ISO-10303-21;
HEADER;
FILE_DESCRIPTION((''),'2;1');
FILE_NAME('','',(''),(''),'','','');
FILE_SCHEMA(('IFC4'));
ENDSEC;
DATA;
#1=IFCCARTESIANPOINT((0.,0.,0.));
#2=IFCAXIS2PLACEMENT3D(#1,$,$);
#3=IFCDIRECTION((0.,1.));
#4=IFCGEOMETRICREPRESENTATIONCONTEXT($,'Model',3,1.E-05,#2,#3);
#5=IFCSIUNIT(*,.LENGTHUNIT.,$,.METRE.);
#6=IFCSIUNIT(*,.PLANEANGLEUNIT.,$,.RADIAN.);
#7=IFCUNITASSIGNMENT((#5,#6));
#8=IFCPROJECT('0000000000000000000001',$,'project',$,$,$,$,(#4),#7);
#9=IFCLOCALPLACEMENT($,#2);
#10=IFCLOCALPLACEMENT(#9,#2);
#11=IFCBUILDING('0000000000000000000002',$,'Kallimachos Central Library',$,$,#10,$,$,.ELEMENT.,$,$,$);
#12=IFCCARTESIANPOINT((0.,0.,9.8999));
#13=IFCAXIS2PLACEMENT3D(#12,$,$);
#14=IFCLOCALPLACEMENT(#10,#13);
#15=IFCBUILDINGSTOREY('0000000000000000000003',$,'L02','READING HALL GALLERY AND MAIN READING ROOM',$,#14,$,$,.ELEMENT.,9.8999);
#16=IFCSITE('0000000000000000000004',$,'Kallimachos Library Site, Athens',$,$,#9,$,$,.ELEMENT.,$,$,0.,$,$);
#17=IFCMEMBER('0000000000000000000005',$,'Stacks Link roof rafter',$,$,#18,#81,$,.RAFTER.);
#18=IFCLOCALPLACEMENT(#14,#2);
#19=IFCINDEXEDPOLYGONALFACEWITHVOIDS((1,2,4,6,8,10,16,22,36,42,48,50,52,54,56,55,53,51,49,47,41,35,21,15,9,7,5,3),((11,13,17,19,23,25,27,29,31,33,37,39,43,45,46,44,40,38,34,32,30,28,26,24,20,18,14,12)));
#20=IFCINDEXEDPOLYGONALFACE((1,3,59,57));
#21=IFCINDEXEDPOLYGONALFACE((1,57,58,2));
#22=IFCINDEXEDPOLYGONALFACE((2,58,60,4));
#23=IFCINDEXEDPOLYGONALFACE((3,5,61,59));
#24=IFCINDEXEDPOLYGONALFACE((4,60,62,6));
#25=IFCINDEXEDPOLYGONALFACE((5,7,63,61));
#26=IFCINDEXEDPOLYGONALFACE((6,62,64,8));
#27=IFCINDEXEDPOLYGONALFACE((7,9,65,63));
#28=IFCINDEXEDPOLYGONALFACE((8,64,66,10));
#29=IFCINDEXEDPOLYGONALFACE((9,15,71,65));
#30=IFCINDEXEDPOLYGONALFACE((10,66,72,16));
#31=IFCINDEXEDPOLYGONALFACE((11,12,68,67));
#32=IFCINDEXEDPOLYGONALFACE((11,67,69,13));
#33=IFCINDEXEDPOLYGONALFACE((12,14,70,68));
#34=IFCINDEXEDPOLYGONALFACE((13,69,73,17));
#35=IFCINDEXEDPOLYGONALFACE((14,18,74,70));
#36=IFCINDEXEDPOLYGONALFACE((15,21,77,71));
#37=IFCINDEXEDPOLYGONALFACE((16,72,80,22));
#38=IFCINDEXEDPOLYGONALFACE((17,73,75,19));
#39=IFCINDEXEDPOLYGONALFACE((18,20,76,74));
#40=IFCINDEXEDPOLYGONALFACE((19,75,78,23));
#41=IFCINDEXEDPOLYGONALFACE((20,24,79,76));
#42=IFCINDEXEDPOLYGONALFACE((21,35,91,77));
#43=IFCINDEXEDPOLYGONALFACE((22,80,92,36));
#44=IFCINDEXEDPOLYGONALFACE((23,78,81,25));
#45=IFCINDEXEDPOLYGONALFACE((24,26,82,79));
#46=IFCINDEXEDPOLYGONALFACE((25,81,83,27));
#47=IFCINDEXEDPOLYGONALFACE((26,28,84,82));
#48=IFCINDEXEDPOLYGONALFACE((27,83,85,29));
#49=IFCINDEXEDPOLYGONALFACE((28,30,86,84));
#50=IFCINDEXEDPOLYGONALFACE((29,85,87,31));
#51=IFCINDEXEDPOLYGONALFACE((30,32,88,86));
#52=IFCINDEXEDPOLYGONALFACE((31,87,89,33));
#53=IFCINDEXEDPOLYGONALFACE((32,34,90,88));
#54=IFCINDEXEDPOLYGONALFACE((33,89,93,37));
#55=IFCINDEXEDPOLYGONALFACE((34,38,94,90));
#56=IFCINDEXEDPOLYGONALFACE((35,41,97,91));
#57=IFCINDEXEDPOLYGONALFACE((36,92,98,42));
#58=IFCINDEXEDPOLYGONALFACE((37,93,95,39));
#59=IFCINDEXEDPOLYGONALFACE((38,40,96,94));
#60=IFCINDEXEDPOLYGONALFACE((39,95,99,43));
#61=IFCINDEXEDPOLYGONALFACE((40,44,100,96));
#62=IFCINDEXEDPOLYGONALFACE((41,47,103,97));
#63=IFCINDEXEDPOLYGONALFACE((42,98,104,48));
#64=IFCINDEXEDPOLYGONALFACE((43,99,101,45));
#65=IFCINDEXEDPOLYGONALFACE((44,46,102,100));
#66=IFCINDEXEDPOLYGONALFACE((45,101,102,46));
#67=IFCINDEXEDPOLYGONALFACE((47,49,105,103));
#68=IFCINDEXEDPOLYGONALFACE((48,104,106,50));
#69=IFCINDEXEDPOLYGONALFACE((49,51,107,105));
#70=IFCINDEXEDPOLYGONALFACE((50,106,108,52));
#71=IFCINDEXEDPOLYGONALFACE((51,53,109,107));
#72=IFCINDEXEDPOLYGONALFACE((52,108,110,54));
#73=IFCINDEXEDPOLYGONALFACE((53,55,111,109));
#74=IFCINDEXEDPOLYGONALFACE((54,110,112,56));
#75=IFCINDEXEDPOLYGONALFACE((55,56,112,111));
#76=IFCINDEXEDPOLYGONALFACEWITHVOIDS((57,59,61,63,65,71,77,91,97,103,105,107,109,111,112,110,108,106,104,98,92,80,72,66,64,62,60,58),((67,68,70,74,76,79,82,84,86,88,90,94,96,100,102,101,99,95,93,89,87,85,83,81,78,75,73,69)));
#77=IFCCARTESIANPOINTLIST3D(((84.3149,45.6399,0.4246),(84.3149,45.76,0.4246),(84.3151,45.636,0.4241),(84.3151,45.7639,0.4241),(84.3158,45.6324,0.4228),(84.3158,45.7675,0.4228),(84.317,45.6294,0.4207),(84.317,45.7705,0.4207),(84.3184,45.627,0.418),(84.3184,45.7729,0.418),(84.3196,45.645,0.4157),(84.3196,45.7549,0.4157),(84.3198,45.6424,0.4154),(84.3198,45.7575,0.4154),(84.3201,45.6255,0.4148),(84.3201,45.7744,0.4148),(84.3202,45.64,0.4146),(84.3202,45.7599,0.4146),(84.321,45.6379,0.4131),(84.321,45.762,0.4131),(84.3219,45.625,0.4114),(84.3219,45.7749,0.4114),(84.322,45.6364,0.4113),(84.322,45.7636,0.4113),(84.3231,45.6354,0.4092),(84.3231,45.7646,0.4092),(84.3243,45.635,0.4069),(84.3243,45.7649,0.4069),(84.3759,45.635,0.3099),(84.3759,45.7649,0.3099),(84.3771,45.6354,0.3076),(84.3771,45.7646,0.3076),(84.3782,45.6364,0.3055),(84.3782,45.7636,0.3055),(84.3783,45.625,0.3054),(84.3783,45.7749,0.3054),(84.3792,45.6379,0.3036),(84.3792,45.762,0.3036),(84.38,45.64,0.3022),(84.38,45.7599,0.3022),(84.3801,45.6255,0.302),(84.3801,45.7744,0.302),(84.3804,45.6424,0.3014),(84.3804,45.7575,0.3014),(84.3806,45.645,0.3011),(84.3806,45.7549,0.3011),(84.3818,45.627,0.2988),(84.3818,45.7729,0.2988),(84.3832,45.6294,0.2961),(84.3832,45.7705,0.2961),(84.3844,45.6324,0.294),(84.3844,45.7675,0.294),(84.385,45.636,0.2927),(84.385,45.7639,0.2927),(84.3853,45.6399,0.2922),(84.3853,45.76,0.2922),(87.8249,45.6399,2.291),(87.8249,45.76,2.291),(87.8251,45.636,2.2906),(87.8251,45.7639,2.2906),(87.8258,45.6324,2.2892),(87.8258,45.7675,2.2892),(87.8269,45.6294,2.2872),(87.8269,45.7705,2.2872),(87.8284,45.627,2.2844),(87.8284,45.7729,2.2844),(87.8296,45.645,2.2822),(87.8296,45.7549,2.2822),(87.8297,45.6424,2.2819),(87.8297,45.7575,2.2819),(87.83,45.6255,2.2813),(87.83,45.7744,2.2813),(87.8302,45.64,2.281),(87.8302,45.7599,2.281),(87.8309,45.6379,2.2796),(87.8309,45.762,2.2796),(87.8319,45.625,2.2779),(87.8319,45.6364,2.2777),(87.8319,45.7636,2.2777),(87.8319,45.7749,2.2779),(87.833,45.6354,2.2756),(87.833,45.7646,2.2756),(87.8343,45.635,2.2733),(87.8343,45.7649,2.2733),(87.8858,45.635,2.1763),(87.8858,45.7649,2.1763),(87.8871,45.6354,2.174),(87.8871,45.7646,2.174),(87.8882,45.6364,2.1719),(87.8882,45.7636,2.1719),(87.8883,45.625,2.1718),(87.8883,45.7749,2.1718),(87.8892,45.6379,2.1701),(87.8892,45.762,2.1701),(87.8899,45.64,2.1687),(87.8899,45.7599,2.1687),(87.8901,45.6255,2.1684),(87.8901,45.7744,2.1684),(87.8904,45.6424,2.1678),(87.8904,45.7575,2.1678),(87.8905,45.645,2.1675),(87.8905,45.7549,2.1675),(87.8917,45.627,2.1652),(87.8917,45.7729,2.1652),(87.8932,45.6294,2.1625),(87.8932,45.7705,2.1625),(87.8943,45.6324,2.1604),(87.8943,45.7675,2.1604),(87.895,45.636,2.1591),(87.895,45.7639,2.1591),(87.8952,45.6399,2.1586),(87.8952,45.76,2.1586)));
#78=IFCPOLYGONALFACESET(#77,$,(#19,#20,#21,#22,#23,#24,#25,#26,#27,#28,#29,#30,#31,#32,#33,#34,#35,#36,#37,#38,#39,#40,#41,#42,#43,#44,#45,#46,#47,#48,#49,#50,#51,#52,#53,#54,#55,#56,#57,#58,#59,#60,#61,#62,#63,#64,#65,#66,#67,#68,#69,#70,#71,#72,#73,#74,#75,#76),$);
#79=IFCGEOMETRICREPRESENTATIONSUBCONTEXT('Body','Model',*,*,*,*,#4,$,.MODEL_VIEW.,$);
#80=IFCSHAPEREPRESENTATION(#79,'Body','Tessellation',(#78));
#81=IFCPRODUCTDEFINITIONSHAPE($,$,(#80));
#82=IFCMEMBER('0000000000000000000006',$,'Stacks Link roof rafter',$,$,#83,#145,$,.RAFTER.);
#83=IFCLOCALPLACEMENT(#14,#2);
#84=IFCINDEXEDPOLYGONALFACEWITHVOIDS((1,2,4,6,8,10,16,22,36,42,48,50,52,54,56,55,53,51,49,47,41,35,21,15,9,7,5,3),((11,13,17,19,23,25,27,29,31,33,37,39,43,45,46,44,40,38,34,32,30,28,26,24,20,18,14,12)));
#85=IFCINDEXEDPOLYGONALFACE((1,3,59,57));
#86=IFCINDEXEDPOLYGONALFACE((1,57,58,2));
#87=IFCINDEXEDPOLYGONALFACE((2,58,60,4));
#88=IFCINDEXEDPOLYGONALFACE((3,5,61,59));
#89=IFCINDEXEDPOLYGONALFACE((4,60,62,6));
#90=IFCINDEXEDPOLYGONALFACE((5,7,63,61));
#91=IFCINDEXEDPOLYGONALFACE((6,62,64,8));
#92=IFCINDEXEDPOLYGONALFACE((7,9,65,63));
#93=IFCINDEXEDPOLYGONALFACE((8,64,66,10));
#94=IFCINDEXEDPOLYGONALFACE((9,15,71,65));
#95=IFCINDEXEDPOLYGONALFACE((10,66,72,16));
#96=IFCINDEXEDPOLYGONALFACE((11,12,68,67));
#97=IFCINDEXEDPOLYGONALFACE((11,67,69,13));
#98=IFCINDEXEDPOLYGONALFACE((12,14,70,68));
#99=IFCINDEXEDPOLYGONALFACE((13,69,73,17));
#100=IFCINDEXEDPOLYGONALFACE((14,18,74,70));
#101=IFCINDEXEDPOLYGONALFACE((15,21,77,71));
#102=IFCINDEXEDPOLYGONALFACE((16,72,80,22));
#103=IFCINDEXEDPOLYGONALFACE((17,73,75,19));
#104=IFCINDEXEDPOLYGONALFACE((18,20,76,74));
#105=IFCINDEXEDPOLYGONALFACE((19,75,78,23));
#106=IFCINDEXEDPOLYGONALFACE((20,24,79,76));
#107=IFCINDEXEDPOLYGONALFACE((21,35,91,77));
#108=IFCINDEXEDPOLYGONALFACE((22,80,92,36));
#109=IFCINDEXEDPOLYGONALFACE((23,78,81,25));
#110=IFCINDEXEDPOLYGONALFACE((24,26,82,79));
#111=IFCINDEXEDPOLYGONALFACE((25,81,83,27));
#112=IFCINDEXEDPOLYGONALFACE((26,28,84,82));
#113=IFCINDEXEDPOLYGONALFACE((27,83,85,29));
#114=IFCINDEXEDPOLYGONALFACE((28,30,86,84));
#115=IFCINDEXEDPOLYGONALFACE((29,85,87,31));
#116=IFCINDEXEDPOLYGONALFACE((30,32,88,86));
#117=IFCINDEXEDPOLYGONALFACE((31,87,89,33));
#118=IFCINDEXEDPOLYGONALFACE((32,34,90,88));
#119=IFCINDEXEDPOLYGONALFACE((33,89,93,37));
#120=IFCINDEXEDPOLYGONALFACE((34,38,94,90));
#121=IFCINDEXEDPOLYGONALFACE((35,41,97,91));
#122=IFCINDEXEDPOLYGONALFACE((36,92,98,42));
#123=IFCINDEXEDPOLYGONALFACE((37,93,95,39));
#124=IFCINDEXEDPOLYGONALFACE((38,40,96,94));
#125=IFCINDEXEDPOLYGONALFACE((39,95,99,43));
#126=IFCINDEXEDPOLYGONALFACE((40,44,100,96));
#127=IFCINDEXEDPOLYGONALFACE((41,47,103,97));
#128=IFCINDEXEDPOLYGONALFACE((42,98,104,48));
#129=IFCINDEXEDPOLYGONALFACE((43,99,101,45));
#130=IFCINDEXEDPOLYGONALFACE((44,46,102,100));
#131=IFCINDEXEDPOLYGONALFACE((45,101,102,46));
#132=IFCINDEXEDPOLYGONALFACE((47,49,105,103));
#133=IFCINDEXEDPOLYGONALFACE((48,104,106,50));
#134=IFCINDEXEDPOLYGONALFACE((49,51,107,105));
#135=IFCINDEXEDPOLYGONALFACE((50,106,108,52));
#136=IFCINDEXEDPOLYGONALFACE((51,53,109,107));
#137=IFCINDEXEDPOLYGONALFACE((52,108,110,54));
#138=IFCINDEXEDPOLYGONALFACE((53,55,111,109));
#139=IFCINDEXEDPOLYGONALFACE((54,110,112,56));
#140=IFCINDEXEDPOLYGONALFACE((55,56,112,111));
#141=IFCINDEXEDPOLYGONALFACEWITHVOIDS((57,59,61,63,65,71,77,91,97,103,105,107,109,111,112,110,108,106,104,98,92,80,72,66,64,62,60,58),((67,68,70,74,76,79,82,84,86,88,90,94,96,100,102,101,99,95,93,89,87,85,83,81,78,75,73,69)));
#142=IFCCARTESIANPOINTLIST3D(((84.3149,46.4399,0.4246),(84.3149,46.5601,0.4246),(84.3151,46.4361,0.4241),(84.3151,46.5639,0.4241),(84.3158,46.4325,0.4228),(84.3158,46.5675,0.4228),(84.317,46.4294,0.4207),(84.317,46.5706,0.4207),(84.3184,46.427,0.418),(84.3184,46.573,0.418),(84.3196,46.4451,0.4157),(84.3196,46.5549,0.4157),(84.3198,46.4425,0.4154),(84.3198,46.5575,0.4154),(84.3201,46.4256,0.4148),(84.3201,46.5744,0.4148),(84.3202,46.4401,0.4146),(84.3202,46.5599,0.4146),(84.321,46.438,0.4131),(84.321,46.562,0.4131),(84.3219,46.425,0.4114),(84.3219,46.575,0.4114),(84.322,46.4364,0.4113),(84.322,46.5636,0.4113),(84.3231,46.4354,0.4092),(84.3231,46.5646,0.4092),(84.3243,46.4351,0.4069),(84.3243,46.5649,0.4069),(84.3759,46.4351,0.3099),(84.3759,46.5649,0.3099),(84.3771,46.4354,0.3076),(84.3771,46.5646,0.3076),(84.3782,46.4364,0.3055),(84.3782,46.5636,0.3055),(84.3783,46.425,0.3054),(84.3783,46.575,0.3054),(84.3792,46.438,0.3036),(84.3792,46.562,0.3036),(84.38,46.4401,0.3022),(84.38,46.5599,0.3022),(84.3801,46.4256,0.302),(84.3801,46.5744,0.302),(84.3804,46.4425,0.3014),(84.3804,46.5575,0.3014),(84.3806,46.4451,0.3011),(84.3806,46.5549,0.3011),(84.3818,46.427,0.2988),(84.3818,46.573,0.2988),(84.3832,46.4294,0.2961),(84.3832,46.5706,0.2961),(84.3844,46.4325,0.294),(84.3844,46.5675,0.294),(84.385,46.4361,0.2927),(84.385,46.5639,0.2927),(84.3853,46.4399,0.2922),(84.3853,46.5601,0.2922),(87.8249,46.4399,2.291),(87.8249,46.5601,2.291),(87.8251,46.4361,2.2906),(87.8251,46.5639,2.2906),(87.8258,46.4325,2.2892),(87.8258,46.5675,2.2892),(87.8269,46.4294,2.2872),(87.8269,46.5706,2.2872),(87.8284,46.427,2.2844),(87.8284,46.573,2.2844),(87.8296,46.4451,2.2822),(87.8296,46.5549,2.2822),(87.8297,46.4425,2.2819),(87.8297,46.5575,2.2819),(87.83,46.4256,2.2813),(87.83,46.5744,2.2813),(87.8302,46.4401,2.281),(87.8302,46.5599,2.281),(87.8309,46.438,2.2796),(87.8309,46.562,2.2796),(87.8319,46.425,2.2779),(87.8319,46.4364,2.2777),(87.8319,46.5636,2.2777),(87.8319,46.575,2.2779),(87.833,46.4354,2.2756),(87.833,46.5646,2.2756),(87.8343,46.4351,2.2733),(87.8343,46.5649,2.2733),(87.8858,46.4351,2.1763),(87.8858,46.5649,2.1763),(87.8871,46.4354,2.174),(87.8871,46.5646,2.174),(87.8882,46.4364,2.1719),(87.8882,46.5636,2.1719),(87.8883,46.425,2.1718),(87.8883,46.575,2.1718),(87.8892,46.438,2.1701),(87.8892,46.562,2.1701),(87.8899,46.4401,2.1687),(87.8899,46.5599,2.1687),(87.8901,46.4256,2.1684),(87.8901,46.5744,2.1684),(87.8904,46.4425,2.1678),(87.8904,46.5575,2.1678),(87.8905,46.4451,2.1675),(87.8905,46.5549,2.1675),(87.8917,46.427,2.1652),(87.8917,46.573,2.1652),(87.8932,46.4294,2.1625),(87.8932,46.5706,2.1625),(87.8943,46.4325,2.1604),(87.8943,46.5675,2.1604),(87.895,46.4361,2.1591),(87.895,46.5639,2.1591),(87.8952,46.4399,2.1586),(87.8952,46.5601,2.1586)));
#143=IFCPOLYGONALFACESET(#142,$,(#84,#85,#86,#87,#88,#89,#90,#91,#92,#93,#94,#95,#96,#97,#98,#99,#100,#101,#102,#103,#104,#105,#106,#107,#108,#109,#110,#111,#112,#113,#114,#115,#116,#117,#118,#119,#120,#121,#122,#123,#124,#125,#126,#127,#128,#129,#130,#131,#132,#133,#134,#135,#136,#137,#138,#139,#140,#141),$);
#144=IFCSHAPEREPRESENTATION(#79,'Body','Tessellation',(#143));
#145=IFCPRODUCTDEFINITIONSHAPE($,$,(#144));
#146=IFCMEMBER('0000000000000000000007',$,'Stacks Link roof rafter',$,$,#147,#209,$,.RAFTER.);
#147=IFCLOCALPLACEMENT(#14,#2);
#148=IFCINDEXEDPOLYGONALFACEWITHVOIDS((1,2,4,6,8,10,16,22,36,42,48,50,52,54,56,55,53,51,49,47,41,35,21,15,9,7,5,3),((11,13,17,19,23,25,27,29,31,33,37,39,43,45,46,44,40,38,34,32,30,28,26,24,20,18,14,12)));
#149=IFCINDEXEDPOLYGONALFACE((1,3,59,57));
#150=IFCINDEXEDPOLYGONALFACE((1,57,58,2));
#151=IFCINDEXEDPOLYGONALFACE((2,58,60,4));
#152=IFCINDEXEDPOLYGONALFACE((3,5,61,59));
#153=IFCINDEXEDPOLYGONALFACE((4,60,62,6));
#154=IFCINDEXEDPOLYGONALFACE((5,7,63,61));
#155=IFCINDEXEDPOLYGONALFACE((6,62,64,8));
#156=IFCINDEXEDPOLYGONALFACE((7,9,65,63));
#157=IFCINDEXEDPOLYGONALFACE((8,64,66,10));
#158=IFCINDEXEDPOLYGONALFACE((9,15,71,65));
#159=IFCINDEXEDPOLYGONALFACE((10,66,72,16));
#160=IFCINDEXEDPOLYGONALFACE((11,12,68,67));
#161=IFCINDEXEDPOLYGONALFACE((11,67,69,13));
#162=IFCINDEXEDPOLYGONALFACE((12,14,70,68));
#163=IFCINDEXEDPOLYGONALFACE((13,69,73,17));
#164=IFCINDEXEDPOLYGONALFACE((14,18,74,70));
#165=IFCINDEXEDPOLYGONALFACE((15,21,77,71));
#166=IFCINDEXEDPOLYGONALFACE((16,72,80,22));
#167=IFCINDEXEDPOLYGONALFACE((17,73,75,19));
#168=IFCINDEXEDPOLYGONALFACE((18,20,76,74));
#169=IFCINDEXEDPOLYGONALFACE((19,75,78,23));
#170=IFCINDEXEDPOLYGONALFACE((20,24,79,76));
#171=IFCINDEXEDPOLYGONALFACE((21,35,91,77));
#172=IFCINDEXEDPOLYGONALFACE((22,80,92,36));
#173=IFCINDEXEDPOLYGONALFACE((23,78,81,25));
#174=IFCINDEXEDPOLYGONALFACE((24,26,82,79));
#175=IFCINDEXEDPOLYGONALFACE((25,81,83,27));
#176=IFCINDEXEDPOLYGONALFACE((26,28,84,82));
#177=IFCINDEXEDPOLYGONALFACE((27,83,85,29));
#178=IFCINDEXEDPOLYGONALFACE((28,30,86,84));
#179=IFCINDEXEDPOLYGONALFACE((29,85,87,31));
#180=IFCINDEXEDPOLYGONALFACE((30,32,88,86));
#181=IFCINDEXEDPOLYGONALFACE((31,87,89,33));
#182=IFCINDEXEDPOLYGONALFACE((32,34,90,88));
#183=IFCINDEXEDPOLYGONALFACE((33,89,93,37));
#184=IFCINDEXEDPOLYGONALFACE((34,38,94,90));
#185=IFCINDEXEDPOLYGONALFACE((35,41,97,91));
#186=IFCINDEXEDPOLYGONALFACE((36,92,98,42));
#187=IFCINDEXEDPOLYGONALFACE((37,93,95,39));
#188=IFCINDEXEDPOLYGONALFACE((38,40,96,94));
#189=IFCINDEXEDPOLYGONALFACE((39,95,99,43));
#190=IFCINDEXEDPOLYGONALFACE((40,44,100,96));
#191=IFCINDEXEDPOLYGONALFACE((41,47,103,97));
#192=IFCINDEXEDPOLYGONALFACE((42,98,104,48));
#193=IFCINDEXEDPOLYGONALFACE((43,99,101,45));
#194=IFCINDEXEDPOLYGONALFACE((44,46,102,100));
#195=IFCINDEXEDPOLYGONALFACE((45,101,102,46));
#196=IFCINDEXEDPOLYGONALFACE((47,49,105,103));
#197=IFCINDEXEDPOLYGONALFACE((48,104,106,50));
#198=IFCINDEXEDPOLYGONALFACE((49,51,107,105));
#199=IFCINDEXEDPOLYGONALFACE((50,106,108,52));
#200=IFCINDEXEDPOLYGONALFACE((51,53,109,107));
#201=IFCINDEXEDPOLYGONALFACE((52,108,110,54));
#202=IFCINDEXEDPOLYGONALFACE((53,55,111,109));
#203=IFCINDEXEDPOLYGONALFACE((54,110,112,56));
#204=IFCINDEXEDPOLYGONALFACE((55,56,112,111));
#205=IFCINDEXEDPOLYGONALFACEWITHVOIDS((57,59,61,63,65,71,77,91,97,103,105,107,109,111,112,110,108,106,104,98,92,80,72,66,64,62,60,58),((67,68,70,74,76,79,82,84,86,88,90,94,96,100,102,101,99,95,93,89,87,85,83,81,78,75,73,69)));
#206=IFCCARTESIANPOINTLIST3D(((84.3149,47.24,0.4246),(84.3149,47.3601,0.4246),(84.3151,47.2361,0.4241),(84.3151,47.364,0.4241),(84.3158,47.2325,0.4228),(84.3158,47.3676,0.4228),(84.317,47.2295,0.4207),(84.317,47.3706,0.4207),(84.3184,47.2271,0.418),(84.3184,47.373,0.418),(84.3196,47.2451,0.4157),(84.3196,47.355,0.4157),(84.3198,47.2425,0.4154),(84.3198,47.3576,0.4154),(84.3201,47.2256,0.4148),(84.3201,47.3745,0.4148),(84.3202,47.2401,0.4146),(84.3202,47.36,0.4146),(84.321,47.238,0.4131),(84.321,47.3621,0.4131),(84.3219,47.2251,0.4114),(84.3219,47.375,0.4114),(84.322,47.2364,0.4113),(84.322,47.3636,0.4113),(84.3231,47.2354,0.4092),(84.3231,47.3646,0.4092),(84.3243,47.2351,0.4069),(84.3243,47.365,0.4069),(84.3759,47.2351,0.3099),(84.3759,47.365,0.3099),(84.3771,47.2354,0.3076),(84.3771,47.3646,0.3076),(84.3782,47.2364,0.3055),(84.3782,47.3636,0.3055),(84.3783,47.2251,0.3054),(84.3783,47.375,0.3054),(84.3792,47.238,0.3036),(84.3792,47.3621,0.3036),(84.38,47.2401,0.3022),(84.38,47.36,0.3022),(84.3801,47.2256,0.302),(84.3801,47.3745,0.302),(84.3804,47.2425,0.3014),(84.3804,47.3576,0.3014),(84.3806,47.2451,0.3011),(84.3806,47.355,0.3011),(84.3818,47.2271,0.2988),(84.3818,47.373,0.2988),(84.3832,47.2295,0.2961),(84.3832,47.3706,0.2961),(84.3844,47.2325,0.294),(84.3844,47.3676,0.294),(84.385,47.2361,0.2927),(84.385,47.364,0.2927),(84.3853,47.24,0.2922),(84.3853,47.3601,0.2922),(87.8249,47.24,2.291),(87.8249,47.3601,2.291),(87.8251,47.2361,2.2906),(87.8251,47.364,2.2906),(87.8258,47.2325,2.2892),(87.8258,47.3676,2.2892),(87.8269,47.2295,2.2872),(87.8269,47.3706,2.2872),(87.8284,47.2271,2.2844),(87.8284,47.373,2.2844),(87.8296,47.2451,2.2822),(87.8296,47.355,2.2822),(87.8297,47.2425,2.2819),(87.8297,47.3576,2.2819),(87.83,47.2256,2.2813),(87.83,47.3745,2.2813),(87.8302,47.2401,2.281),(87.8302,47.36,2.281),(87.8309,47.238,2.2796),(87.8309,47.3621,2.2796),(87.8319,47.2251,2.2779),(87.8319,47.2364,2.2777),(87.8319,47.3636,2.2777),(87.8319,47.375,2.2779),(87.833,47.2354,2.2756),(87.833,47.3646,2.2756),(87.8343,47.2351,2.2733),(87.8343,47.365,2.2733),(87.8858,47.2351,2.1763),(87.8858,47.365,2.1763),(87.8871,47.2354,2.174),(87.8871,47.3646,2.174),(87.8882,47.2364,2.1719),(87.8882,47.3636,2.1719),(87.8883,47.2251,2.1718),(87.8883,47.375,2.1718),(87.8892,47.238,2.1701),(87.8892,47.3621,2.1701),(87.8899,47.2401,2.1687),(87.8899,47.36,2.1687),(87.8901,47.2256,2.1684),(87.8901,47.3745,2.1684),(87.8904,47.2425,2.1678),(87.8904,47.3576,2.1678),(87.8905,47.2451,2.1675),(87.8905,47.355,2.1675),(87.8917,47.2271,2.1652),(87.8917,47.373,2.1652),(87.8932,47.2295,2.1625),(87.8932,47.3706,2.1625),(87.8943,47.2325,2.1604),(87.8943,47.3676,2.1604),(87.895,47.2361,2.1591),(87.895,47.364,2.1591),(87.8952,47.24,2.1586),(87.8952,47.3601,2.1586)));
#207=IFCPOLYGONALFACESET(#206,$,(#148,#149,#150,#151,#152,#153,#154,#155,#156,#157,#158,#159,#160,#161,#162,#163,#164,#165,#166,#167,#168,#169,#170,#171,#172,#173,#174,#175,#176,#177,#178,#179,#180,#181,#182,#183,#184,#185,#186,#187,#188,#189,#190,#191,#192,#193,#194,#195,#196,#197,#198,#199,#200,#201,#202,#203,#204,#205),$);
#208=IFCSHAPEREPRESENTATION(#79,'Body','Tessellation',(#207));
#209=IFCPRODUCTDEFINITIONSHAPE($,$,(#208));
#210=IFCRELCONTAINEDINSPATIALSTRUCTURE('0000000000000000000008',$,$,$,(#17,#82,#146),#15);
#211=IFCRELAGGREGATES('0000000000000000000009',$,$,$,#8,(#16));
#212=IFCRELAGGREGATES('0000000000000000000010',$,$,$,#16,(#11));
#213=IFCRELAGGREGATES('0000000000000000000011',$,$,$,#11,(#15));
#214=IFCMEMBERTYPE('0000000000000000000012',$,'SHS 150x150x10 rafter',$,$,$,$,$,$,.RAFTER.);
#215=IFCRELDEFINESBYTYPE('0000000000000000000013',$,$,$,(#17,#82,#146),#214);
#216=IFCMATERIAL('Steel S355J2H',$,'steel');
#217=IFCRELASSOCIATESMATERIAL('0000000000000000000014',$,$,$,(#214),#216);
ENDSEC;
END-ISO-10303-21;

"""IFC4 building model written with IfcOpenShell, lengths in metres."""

from ifc_helpers import new_model, si_unit, direction, frame, origin, origin_2d, place, context, subcontext, project, spatial, hollow_rectangle, extrude, material, material_profile, profile_set, type_object, element, save


model = new_model("IFC4")

# Units and contexts
model_context = context("Model", 3, precision=1e-05, world=origin(), true_north=direction((0.0, 1.0)))
body_context = subcontext(model_context, "Body", "Model", "MODEL_VIEW")
ifc_project = project(units=[si_unit("LENGTHUNIT", "METRE"), si_unit("PLANEANGLEUNIT", "RADIAN")], contexts=[model_context])

# Site, building, storey
site_placement = place(None, origin())
site = spatial("IfcSite", under=ifc_project, at=site_placement, Name="Kallimachos Library Site, Athens", CompositionType="ELEMENT", RefElevation=0.0)
building_placement = place(site_placement, origin())
building = spatial("IfcBuilding", under=site, at=building_placement, Name="Kallimachos Central Library", CompositionType="ELEMENT")
storey_placement = place(building_placement, frame((0.0, 0.0, 9.8999)))
storey = spatial("IfcBuildingStorey", under=building, at=storey_placement, Name="L02", Description="READING HALL GALLERY AND MAIN READING ROOM", CompositionType="ELEMENT", Elevation=9.8999)

# Members
ifc_material_1 = material(Name="Steel S355J2H", Category="steel")
ifc_material_profile_1 = material_profile(ifc_material_1, hollow_rectangle(XDim=0.1499, YDim=0.1499, WallThickness=0.01, InnerFilletRadius=0.01, OuterFilletRadius=0.0149, at=origin_2d()), Name="SHS 150x150x10")
ifc_profile_set_1 = profile_set([ifc_material_profile_1], Name="Steel S355J2H")
member_type_1 = type_object("IfcMemberType", Name="SHS 150x150x10 rafter", PredefinedType="RAFTER", material=ifc_profile_set_1)
for number, where, z_axis, x_axis, name in (
    (1, (84.3501, 45.7, 0.3584), (0.882932, 0.0, 0.469501), (0.0, 1.0, 0.0), "Stacks Link roof rafter"),
    (2, (84.3501, 46.5, 0.3584), (0.882932, 0.0, 0.469501), (0.0, 1.0, 0.0), "Stacks Link roof rafter"),
    (3, (84.3501, 47.3, 0.3584), (0.882932, 0.0, 0.469501), (0.0, 1.0, 0.0), "Stacks Link roof rafter"),
):
    element("IfcMember", number, at=place(storey_placement, frame(where, z_axis=z_axis, x_axis=x_axis)), inside=storey, type_object=member_type_1, Name=name, PredefinedType="RAFTER", context=body_context, shape_type="SweptSolid", body=[
        extrude(hollow_rectangle(XDim=0.1499, YDim=0.1499, WallThickness=0.01, InnerFilletRadius=0.01, OuterFilletRadius=0.0149, at=origin_2d()), origin(), (0.0, 0.0, 1.0), 3.9753),
    ])

save(model, "model.ifc")
